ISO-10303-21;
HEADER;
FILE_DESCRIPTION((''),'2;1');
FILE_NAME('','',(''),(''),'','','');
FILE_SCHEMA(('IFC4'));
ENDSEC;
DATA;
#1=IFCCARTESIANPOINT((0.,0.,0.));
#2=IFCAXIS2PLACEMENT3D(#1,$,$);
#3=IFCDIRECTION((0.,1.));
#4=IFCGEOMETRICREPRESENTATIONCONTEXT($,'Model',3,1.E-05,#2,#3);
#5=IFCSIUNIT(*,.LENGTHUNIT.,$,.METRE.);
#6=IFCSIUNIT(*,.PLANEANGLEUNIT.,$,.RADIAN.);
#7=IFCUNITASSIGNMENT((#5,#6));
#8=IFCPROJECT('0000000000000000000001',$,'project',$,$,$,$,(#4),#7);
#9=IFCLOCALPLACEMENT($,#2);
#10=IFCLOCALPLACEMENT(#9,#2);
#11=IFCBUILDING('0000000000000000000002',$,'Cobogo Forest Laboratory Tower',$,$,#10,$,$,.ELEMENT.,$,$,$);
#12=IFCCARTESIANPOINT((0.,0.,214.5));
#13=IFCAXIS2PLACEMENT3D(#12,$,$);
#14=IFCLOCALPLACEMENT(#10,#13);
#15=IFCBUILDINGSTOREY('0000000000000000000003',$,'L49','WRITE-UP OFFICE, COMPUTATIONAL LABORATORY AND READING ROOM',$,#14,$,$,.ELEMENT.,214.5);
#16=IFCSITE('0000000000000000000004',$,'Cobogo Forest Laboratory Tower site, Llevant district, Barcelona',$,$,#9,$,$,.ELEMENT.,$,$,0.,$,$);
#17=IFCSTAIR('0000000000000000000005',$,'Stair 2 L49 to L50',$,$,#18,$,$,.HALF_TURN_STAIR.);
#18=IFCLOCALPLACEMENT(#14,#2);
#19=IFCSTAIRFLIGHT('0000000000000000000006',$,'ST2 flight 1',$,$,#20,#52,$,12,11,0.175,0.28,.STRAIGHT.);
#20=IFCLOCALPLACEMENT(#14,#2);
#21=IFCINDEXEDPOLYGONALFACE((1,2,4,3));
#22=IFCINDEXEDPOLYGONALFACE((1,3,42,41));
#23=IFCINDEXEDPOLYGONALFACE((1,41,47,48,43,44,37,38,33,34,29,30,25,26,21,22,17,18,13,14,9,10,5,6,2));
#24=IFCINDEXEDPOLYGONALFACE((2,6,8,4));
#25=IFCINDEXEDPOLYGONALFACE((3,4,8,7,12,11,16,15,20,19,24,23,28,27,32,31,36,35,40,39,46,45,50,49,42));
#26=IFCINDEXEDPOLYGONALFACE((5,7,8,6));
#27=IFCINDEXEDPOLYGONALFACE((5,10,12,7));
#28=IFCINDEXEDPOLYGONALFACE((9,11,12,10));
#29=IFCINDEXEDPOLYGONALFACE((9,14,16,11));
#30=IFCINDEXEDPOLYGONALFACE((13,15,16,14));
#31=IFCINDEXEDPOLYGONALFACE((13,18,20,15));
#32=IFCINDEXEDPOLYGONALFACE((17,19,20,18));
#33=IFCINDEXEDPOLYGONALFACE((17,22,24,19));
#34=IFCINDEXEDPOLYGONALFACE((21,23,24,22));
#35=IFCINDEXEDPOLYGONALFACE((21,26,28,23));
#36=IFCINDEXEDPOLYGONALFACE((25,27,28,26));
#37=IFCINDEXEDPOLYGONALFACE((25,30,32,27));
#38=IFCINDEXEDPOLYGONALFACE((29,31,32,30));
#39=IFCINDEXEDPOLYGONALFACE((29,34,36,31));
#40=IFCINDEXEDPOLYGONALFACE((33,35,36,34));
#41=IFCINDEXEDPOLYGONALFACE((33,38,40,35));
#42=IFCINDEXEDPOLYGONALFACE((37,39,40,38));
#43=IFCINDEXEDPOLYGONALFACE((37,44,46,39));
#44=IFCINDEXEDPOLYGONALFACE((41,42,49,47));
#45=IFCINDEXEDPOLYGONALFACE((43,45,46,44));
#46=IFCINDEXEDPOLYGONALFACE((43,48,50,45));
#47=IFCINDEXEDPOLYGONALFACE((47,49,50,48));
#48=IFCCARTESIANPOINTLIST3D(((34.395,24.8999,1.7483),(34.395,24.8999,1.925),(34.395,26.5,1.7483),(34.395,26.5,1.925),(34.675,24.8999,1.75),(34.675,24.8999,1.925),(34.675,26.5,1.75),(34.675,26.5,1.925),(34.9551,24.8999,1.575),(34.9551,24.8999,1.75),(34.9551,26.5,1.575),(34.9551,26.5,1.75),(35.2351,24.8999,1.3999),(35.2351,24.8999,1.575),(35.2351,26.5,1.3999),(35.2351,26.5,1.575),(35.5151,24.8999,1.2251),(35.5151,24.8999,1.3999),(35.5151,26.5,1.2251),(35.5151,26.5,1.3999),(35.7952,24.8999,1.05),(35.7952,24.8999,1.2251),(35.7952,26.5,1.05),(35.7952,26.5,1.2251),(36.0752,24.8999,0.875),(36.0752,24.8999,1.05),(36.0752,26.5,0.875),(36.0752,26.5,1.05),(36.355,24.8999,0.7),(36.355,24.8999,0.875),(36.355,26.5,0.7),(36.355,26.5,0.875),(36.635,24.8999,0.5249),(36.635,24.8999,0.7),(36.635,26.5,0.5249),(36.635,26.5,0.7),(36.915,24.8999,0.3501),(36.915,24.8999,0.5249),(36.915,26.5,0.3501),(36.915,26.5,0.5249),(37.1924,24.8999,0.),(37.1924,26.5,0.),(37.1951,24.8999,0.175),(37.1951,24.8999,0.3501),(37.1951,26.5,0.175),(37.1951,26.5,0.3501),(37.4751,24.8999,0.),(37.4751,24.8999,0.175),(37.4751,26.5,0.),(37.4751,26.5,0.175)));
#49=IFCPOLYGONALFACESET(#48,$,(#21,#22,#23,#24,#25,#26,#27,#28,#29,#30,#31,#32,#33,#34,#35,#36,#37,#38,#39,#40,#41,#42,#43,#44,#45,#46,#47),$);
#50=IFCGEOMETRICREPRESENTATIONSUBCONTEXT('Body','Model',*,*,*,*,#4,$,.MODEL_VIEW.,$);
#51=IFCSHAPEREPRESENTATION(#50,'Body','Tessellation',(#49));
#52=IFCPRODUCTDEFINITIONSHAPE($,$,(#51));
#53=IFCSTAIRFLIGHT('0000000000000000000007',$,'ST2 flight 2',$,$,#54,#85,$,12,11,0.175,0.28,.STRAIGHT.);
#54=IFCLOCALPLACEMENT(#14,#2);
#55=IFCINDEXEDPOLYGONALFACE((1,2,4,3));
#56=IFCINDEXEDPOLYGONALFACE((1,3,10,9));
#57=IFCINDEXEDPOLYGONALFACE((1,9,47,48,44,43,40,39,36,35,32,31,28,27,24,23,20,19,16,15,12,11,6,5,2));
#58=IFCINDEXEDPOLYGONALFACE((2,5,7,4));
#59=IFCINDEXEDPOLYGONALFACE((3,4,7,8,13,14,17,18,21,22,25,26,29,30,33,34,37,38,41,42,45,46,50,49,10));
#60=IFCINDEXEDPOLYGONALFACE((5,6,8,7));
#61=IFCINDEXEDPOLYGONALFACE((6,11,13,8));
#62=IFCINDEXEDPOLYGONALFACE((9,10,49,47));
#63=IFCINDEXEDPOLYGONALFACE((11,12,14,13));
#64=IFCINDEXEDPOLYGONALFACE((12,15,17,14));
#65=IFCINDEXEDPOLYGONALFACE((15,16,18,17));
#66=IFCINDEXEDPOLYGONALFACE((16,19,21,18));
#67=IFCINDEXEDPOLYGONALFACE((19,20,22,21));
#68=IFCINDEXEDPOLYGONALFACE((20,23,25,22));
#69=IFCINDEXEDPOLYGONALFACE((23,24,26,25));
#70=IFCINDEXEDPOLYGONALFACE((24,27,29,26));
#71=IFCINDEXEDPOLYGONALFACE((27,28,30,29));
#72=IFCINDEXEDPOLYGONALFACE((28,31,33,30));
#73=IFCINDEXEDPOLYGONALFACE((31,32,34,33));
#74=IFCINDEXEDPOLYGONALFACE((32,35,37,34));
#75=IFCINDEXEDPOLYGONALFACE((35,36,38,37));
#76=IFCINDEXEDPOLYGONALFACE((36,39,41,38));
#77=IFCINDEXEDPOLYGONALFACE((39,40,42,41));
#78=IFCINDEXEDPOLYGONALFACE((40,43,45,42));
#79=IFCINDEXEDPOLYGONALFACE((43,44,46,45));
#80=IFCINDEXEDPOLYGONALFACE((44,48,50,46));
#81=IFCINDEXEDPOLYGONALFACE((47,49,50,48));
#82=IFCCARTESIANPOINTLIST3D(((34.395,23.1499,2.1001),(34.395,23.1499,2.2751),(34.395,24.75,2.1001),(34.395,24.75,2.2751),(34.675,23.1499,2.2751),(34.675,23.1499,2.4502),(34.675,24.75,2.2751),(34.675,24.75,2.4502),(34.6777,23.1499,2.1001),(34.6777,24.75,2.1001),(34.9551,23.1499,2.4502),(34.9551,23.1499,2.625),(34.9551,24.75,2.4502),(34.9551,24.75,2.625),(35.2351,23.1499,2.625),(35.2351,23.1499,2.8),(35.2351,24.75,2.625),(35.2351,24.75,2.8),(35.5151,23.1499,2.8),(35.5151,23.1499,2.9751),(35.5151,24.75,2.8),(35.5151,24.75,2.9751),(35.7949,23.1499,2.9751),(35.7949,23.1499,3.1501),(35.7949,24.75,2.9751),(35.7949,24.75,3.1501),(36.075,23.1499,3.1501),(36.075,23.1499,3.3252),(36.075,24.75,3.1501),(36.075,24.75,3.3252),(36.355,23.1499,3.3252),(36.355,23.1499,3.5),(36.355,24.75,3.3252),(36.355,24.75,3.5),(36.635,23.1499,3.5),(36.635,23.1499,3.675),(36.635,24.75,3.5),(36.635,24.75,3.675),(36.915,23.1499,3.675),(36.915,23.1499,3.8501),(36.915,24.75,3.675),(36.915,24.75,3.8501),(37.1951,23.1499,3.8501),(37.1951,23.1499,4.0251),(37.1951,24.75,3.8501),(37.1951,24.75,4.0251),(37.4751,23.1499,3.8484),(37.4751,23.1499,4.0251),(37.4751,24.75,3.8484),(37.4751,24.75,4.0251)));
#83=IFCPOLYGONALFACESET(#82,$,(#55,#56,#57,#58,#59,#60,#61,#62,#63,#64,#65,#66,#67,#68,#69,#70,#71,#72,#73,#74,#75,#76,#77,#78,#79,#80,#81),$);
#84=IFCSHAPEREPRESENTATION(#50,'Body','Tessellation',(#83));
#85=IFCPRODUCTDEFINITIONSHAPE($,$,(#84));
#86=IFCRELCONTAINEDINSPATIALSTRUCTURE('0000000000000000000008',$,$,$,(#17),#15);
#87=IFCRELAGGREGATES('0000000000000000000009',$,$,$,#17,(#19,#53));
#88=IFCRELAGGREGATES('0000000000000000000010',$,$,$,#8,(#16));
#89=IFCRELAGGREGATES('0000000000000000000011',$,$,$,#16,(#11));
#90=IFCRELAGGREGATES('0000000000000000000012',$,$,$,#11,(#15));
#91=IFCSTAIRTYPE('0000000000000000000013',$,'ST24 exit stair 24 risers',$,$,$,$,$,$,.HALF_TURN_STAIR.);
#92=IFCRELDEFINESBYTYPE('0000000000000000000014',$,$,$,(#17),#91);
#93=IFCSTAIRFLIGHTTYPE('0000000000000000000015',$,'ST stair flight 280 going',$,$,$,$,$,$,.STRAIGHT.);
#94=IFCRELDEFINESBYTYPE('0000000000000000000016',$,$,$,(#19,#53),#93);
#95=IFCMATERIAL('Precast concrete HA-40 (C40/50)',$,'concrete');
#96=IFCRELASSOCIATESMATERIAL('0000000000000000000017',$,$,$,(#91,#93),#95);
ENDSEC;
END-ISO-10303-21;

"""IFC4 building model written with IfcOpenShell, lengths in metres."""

from ifc_helpers import new_model, si_unit, direction, frame, origin, place, context, subcontext, project, spatial, polyline, outline, extrude, material, type_object, element, aggregate, save


model = new_model("IFC4")

# Units and contexts
model_context = context("Model", 3, precision=1e-05, world=origin(), true_north=direction((0.0, 1.0)))
body_context = subcontext(model_context, "Body", "Model", "MODEL_VIEW")
ifc_project = project(units=[si_unit("LENGTHUNIT", "METRE"), si_unit("PLANEANGLEUNIT", "RADIAN")], contexts=[model_context])

# Site, building, storey
site_placement = place(None, origin())
site = spatial("IfcSite", under=ifc_project, at=site_placement, Name="Cobogo Forest Laboratory Tower site, Llevant district, Barcelona", CompositionType="ELEMENT", RefElevation=0.0)
building_placement = place(site_placement, origin())
building = spatial("IfcBuilding", under=site, at=building_placement, Name="Cobogo Forest Laboratory Tower", CompositionType="ELEMENT")
storey_placement = place(building_placement, frame((0.0, 0.0, 214.5)))
storey = spatial("IfcBuildingStorey", under=building, at=storey_placement, Name="L49", Description="WRITE-UP OFFICE, COMPUTATIONAL LABORATORY AND READING ROOM", CompositionType="ELEMENT", Elevation=214.5)

# Stair, stair flights
ifc_material_1 = material(Name="Precast concrete HA-40 (C40/50)", Category="concrete")
stair_type = type_object("IfcStairType", Name="ST24 exit stair 24 risers", PredefinedType="HALF_TURN_STAIR", material=ifc_material_1)
stair_placement = place(storey_placement, origin())
stair = element("IfcStair", 1, at=stair_placement, inside=storey, type_object=stair_type, Name="Stair 2 L49 to L50", PredefinedType="HALF_TURN_STAIR")
stair_flight_type = type_object("IfcStairFlightType", Name="ST stair flight 280 going", PredefinedType="STRAIGHT", material=ifc_material_1)
stair_flight_1_placement = place(storey_placement, frame((37.4751, 25.7, 0.0), z_axis=(0.0, 0.0, 1.0), x_axis=(-1.0, 0.0, 0.0)))
stair_flight_1 = element("IfcStairFlight", 2, at=stair_flight_1_placement, type_object=stair_flight_type, Name="ST2 flight 1", NumberOfRisers=12, NumberOfTreads=11, PredefinedType="STRAIGHT", RiserHeight=0.175, TreadLength=0.28, context=body_context, shape_type="SweptSolid", body=[
    extrude(outline(polyline([(0.0, 0.0), (0.0, 0.175), (0.28, 0.175), (0.28, 0.3501), (0.5601, 0.3501), (0.5601, 0.5249), (0.8401, 0.5249), (0.8401, 0.7), (1.1201, 0.7), (1.1201, 0.875), (1.3999, 0.875), (1.3999, 1.05), (1.6799, 1.05), (1.6799, 1.2251), (1.96, 1.2251), (1.96, 1.3999), (2.24, 1.3999), (2.24, 1.575), (2.52, 1.575), (2.52, 1.75), (2.8, 1.75), (2.8, 1.925), (3.0801, 1.925), (3.0801, 2.1001), (3.0801, 1.7483), (0.2827, 0.0), (0.0, 0.0)])), frame((0.0, 0.8, 0.0), z_axis=(0.0, -1.0, 0.0), x_axis=(1.0, 0.0, 0.0)), (0.0, 0.0, 1.0), 1.6001),
])
stair_flight_2_placement = place(storey_placement, frame((34.395, 23.95, 2.1001), z_axis=(0.0, 0.0, 1.0), x_axis=(1.0, 0.0, 0.0)))
stair_flight_2 = element("IfcStairFlight", 3, at=stair_flight_2_placement, type_object=stair_flight_type, Name="ST2 flight 2", NumberOfRisers=12, NumberOfTreads=11, PredefinedType="STRAIGHT", RiserHeight=0.175, TreadLength=0.28, context=body_context, shape_type="SweptSolid", body=[
    extrude(outline(polyline([(0.0, 0.0), (0.0, 0.175), (0.28, 0.175), (0.28, 0.3501), (0.5601, 0.3501), (0.5601, 0.5249), (0.8401, 0.5249), (0.8401, 0.7), (1.1201, 0.7), (1.1201, 0.875), (1.3999, 0.875), (1.3999, 1.05), (1.6799, 1.05), (1.6799, 1.2251), (1.96, 1.2251), (1.96, 1.3999), (2.24, 1.3999), (2.24, 1.575), (2.52, 1.575), (2.52, 1.75), (2.8, 1.75), (2.8, 1.925), (3.0801, 1.925), (3.0801, 2.1001), (3.0801, 1.7483), (0.2827, 0.0), (0.0, 0.0)])), frame((0.0, 0.8, 0.0), z_axis=(0.0, -1.0, 0.0), x_axis=(1.0, 0.0, 0.0)), (0.0, 0.0, 1.0), 1.6001),
])
aggregate(stair, [stair_flight_1, stair_flight_2])

save(model, "model.ifc")
